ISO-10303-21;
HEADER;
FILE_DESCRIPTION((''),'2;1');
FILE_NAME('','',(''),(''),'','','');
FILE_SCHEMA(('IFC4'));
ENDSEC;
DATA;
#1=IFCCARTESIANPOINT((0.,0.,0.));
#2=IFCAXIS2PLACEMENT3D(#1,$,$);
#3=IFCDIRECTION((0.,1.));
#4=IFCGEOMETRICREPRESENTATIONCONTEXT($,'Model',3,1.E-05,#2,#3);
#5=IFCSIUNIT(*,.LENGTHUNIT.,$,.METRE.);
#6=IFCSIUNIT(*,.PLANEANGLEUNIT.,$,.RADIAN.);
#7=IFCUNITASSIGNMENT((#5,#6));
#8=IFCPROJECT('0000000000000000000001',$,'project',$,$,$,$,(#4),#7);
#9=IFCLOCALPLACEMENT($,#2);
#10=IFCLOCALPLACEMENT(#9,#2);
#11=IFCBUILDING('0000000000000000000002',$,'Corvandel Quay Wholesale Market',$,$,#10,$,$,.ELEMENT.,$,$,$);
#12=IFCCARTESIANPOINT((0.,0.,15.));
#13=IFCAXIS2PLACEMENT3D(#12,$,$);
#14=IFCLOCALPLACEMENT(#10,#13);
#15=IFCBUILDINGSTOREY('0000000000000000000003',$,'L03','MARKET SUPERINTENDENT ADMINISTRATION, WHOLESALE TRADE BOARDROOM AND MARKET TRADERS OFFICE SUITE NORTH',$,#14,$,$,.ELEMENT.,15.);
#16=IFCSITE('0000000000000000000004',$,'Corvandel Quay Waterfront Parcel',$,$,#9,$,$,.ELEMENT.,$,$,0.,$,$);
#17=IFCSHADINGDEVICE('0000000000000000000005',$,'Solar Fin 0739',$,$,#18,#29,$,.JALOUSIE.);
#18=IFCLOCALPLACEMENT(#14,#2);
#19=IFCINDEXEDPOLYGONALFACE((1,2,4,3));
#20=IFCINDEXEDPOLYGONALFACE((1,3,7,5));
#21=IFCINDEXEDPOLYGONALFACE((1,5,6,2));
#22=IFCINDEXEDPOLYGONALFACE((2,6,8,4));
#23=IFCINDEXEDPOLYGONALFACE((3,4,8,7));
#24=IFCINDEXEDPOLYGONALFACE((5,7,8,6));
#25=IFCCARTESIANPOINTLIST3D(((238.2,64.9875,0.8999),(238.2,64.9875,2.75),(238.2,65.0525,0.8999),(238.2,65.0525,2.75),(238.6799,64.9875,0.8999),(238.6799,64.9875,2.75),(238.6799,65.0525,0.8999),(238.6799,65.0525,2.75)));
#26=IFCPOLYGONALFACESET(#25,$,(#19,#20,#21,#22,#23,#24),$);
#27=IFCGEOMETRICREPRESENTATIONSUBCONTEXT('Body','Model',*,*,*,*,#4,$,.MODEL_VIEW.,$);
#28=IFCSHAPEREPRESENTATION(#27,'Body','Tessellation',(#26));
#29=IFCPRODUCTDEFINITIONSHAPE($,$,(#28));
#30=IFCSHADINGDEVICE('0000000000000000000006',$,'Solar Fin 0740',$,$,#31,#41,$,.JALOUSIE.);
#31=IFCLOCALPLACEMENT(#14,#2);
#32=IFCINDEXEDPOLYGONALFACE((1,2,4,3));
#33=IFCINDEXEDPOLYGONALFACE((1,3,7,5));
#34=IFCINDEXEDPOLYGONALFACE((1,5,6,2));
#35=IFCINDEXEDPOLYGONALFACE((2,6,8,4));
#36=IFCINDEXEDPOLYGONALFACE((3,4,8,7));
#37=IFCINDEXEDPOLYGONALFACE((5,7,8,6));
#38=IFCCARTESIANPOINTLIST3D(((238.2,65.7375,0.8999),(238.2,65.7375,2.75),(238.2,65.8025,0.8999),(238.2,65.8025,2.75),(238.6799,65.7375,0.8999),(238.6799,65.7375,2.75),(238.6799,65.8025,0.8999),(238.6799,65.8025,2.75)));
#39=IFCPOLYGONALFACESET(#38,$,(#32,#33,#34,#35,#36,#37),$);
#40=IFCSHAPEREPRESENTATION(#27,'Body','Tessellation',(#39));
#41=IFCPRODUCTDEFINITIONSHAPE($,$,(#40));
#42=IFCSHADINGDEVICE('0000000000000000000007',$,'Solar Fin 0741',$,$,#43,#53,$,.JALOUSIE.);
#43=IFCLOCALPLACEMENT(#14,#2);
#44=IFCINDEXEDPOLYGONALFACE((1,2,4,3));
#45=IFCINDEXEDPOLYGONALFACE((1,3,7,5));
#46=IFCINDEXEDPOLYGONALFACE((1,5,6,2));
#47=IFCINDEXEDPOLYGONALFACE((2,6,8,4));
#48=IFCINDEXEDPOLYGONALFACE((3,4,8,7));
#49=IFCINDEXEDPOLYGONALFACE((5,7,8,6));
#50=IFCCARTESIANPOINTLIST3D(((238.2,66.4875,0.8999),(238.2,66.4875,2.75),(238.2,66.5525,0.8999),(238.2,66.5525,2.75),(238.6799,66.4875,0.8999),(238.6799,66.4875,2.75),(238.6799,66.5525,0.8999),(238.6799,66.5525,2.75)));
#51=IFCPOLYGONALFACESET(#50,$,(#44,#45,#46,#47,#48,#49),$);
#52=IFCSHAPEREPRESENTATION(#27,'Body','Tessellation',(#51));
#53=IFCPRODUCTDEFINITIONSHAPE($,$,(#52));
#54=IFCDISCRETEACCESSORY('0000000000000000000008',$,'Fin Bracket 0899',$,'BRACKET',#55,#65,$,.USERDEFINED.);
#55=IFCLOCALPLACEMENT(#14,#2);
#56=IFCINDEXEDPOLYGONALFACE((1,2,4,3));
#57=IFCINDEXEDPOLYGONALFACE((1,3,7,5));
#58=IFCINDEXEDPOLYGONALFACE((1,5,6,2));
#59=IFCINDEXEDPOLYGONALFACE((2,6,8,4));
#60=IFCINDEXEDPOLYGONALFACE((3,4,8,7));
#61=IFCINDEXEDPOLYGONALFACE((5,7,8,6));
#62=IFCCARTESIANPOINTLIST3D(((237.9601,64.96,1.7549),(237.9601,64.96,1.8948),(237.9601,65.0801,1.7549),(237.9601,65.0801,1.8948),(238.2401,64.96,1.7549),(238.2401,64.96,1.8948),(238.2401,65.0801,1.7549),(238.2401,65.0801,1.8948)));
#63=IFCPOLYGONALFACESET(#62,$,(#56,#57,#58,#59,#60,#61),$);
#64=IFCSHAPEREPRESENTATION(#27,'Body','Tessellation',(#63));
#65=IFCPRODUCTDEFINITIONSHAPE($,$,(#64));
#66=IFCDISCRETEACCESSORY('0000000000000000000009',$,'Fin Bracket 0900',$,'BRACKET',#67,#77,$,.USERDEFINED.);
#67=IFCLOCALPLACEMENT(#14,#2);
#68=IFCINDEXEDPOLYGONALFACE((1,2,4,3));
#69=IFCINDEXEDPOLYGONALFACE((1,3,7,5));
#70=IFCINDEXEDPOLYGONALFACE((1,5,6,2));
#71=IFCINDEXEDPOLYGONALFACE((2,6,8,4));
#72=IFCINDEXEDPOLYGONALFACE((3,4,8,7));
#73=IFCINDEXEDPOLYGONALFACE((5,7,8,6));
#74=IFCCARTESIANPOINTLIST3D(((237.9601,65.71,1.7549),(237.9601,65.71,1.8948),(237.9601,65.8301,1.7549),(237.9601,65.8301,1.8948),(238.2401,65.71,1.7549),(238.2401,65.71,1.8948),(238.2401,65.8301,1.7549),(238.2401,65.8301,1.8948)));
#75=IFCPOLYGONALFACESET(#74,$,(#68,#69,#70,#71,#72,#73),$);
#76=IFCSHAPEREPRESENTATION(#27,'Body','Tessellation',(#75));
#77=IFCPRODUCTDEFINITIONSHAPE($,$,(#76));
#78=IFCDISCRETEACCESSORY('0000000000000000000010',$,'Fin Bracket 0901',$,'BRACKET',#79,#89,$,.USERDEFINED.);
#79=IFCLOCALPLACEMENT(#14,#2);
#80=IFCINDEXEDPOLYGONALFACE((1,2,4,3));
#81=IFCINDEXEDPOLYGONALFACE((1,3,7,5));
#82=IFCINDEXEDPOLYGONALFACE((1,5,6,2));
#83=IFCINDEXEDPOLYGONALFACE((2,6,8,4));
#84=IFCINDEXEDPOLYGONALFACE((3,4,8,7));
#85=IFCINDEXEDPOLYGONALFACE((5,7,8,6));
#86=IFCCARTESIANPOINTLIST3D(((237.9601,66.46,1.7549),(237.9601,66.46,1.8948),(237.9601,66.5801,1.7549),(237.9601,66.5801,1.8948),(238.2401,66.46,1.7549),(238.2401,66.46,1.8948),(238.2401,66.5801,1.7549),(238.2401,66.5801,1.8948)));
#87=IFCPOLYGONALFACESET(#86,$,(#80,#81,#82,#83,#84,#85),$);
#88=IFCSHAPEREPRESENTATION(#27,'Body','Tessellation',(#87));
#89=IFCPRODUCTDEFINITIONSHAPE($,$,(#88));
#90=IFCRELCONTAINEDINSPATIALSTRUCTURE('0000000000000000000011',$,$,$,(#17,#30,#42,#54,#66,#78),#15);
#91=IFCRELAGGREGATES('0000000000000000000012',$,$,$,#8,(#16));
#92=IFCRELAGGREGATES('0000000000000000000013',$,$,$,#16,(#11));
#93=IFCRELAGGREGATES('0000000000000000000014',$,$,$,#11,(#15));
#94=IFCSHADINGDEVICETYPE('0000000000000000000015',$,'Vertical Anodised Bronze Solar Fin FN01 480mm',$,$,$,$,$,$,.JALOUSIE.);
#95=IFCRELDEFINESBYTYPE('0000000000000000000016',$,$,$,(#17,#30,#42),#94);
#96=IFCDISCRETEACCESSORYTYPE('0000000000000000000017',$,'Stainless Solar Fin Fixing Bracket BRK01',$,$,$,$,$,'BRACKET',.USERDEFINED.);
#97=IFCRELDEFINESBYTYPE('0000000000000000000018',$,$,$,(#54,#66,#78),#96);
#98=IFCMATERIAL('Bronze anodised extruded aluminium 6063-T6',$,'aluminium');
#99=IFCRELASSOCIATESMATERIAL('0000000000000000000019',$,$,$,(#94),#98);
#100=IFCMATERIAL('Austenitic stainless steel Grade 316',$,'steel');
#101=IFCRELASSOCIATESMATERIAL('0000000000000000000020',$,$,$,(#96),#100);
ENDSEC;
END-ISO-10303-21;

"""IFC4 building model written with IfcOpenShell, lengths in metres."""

from ifc_helpers import new_model, si_unit, direction, frame, origin, origin_2d, place, context, subcontext, project, spatial, rectangle, extrude, material, type_object, element, save


model = new_model("IFC4")

# Units and contexts
model_context = context("Model", 3, precision=1e-05, world=origin(), true_north=direction((0.0, 1.0)))
body_context = subcontext(model_context, "Body", "Model", "MODEL_VIEW")
ifc_project = project(units=[si_unit("LENGTHUNIT", "METRE"), si_unit("PLANEANGLEUNIT", "RADIAN")], contexts=[model_context])

# Site, building, storey
site_placement = place(None, origin())
site = spatial("IfcSite", under=ifc_project, at=site_placement, Name="Corvandel Quay Waterfront Parcel", CompositionType="ELEMENT", RefElevation=0.0)
building_placement = place(site_placement, origin())
building = spatial("IfcBuilding", under=site, at=building_placement, Name="Corvandel Quay Wholesale Market", CompositionType="ELEMENT")
storey_placement = place(building_placement, frame((0.0, 0.0, 15.0)))
storey = spatial("IfcBuildingStorey", under=building, at=storey_placement, Name="L03", Description="MARKET SUPERINTENDENT ADMINISTRATION, WHOLESALE TRADE BOARDROOM AND MARKET TRADERS OFFICE SUITE NORTH", CompositionType="ELEMENT", Elevation=15.0)

# Shading devices
ifc_material_1 = material(Name="Bronze anodised extruded aluminium 6063-T6", Category="aluminium")
shading_device_type = type_object("IfcShadingDeviceType", Name="Vertical Anodised Bronze Solar Fin FN01 480mm", PredefinedType="JALOUSIE", material=ifc_material_1)
for number, where, z_axis, x_axis, name in (
    (1, (238.4399, 65.02, 0.8999), (0.0, 0.0, 1.0), (1.0, 0.0, 0.0), "Solar Fin 0739"),
    (2, (238.4399, 65.77, 0.8999), (0.0, 0.0, 1.0), (1.0, 0.0, 0.0), "Solar Fin 0740"),
    (3, (238.4399, 66.52, 0.8999), (0.0, 0.0, 1.0), (1.0, 0.0, 0.0), "Solar Fin 0741"),
):
    element("IfcShadingDevice", number, at=place(storey_placement, frame(where, z_axis=z_axis, x_axis=x_axis)), inside=storey, type_object=shading_device_type, Name=name, PredefinedType="JALOUSIE", context=body_context, shape_type="SweptSolid", body=[
        extrude(rectangle(XDim=0.48, YDim=0.0649, at=origin_2d()), origin(), (0.0, 0.0, 1.0), 1.8501),
    ])

# Discrete accessories
ifc_material_2 = material(Name="Austenitic stainless steel Grade 316", Category="steel")
discrete_accessory_type = type_object("IfcDiscreteAccessoryType", Name="Stainless Solar Fin Fixing Bracket BRK01", ElementType="BRACKET", PredefinedType="USERDEFINED", material=ifc_material_2)
for number, where, z_axis, x_axis, name in (
    (4, (238.1001, 65.02, 1.7549), (0.0, 0.0, 1.0), (1.0, 0.0, 0.0), "Fin Bracket 0899"),
    (5, (238.1001, 65.77, 1.7549), (0.0, 0.0, 1.0), (1.0, 0.0, 0.0), "Fin Bracket 0900"),
    (6, (238.1001, 66.52, 1.7549), (0.0, 0.0, 1.0), (1.0, 0.0, 0.0), "Fin Bracket 0901"),
):
    element("IfcDiscreteAccessory", number, at=place(storey_placement, frame(where, z_axis=z_axis, x_axis=x_axis)), inside=storey, type_object=discrete_accessory_type, Name=name, ObjectType="BRACKET", PredefinedType="USERDEFINED", context=body_context, shape_type="SweptSolid", body=[
        extrude(rectangle(XDim=0.28, YDim=0.1201, at=origin_2d()), origin(), (0.0, 0.0, 1.0), 0.1399),
    ])

save(model, "model.ifc")
